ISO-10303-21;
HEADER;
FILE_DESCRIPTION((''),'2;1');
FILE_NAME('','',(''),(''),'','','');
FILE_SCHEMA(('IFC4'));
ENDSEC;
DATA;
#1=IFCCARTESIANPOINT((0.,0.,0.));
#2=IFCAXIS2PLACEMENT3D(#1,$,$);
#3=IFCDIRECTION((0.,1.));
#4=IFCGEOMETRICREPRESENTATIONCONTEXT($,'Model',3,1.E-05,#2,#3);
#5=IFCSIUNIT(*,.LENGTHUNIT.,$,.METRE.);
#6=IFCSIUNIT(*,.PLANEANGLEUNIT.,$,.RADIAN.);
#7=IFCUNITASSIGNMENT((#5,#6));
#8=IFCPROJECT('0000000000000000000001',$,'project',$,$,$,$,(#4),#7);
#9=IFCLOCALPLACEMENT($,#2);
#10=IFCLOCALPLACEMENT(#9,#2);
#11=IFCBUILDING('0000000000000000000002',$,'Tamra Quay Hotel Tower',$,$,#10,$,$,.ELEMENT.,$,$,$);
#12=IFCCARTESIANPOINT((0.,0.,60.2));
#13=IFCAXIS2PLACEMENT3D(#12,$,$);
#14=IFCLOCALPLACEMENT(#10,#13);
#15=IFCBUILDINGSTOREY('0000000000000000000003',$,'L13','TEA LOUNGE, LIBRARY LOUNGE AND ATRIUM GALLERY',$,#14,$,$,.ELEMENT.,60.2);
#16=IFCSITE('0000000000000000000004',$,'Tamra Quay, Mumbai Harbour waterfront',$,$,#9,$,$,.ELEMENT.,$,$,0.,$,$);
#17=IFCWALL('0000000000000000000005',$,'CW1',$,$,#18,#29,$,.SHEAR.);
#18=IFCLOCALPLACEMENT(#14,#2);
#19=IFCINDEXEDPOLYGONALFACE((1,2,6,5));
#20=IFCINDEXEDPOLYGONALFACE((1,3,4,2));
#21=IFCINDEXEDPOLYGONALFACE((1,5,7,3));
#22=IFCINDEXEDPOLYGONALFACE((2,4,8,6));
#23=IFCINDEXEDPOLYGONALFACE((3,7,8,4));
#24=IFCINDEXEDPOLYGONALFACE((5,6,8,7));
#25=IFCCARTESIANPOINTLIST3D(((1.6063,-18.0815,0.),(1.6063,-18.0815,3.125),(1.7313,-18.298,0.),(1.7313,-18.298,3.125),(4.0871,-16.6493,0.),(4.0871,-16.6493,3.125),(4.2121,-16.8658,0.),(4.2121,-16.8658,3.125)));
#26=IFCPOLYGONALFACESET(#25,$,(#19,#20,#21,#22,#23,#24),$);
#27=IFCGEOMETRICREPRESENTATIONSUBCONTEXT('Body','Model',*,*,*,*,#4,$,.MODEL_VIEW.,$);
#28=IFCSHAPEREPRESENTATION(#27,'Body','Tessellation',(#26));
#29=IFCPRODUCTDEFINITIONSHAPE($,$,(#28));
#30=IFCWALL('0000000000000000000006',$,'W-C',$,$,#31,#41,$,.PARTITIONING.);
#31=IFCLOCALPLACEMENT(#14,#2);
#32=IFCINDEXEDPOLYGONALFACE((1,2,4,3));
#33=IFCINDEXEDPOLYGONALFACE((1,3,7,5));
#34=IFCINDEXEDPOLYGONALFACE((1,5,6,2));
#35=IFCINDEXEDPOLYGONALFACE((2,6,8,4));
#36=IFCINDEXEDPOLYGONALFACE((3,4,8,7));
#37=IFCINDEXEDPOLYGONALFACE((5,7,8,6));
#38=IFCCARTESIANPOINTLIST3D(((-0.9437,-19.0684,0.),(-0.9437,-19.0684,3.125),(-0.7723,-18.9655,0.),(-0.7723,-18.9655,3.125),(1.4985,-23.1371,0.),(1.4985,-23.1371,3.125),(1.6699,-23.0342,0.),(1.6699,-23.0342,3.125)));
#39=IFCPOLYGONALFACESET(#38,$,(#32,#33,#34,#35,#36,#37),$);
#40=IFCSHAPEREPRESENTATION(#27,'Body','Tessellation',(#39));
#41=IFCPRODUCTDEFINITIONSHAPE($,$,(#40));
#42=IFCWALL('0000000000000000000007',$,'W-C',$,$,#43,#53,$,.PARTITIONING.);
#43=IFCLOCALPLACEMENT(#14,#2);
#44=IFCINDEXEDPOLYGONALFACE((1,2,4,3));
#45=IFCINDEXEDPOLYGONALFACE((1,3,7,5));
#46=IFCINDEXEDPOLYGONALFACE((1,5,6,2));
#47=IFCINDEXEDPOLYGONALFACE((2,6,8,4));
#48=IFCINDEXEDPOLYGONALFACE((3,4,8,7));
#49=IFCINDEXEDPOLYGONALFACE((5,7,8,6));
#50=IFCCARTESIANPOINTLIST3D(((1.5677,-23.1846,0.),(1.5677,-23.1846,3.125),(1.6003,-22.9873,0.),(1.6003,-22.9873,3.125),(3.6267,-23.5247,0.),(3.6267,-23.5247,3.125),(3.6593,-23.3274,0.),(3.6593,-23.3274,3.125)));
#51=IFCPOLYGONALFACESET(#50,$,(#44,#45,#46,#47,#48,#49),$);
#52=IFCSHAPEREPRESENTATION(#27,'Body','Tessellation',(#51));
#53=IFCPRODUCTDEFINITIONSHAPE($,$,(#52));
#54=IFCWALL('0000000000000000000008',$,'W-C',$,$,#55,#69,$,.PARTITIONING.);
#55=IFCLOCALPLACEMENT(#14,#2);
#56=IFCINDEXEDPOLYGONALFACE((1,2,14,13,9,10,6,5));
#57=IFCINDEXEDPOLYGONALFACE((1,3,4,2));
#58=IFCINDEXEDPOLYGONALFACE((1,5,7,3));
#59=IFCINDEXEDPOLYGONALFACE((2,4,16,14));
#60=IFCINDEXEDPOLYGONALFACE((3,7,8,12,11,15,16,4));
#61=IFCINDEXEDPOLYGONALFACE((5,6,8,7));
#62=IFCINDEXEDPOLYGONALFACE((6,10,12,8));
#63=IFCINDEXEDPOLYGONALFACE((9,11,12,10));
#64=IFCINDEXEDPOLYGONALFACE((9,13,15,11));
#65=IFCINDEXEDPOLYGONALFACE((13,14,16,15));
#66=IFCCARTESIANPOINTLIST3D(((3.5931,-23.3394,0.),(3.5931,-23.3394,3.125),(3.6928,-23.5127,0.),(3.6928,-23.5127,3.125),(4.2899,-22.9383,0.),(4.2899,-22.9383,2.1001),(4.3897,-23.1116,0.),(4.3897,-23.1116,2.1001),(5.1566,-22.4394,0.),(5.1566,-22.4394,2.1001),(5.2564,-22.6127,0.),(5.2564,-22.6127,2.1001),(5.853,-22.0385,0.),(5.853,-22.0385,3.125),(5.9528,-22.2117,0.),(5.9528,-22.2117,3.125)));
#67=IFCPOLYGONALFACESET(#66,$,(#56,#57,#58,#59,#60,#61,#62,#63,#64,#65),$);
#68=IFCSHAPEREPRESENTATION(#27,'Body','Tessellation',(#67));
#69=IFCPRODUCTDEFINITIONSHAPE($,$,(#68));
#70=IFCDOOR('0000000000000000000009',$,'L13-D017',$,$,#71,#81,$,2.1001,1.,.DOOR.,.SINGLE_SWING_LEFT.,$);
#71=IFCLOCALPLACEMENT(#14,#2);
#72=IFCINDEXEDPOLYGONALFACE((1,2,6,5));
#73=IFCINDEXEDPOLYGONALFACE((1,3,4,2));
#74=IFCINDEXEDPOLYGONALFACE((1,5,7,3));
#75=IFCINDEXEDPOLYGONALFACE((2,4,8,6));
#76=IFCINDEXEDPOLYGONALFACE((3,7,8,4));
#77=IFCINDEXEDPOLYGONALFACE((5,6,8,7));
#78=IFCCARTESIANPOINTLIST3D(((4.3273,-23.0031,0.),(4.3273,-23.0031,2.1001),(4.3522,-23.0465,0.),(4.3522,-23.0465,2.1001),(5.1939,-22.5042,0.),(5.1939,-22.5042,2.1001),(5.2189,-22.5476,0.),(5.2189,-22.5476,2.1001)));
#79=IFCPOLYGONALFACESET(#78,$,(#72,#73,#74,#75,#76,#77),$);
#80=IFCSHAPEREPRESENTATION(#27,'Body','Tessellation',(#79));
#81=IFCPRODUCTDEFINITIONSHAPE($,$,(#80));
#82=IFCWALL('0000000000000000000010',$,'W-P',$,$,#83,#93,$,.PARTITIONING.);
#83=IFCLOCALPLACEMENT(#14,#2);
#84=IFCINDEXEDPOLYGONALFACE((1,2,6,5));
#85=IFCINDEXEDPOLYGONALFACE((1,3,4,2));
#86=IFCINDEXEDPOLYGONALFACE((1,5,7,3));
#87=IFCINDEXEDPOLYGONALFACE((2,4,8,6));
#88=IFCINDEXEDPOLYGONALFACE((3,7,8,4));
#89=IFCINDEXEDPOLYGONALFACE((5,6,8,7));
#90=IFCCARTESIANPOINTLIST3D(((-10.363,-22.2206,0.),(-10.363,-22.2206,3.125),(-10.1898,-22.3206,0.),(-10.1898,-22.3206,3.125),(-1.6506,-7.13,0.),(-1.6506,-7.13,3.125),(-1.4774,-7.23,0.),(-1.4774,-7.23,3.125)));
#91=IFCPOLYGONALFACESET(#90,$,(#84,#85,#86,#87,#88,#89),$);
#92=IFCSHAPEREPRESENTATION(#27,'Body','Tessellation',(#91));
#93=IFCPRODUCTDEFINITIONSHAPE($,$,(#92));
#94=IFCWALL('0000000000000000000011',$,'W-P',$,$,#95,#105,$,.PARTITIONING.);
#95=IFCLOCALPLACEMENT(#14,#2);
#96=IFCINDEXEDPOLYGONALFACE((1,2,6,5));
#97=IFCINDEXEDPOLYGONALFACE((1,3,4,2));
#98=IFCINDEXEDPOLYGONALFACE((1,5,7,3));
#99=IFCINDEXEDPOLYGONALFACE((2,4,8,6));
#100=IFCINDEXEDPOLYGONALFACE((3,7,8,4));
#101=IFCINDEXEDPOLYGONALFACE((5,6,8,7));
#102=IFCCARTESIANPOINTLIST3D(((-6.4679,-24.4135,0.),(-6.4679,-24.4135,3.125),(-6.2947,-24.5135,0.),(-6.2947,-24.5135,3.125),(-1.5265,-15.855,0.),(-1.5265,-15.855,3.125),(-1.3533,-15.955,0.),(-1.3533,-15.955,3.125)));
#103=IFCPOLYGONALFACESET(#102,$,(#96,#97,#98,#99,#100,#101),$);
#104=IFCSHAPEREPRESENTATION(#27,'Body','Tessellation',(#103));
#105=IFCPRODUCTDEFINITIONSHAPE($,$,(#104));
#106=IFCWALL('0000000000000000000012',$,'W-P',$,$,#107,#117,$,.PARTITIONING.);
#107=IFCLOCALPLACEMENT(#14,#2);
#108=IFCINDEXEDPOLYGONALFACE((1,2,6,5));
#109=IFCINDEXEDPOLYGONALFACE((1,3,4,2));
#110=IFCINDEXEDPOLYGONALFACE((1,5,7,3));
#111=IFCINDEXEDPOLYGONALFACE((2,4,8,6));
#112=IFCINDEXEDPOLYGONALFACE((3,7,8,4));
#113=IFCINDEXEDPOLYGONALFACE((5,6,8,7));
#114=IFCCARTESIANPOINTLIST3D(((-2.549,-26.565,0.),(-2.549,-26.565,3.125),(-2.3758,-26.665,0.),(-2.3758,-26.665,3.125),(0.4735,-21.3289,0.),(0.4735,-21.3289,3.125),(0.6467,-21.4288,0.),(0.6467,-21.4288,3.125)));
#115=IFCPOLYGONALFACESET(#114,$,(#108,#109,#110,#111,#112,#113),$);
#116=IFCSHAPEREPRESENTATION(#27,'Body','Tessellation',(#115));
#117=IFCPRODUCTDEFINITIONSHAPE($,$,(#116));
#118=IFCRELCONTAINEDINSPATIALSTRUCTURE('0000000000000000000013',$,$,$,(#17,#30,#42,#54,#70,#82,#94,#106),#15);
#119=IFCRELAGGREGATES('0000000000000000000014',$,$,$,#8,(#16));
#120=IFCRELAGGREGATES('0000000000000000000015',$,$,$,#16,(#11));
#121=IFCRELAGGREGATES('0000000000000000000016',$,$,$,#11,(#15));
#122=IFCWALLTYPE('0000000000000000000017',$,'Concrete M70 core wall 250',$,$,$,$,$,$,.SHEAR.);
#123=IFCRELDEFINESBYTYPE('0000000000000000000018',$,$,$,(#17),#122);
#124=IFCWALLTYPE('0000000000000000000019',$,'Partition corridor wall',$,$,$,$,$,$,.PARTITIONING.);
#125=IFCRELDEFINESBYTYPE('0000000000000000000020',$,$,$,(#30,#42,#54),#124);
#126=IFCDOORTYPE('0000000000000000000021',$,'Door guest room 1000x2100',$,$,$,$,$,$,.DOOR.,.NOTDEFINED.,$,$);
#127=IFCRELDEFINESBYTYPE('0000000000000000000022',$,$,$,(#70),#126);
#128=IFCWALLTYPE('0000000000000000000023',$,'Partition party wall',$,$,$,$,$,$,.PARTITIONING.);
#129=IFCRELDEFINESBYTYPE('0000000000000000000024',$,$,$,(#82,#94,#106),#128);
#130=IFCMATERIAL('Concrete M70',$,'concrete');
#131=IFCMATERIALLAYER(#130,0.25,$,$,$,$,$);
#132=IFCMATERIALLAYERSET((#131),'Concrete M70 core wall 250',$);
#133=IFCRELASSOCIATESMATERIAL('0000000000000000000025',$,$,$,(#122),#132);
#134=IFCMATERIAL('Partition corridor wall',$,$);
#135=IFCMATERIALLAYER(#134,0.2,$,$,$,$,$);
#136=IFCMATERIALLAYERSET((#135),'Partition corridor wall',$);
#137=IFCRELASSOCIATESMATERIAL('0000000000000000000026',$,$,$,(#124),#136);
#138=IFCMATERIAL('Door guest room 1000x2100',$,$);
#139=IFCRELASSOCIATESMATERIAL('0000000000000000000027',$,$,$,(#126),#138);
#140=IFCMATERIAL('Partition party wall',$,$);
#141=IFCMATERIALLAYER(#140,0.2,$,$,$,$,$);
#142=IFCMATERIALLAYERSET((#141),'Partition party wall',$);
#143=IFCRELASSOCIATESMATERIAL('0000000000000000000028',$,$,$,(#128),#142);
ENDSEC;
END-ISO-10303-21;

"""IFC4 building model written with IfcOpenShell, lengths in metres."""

from ifc_helpers import new_model, si_unit, direction, frame, frame_2d, origin, place, context, subcontext, project, spatial, rectangle, extrude, material, layer, layer_set, type_object, element, fill, save


model = new_model("IFC4")

# Units and contexts
model_context = context("Model", 3, precision=1e-05, world=origin(), true_north=direction((0.0, 1.0)))
body_context = subcontext(model_context, "Body", "Model", "MODEL_VIEW")
ifc_project = project(units=[si_unit("LENGTHUNIT", "METRE"), si_unit("PLANEANGLEUNIT", "RADIAN")], contexts=[model_context])

# Site, building, storey
site_placement = place(None, origin())
site = spatial("IfcSite", under=ifc_project, at=site_placement, Name="Tamra Quay, Mumbai Harbour waterfront", CompositionType="ELEMENT", RefElevation=0.0)
building_placement = place(site_placement, origin())
building = spatial("IfcBuilding", under=site, at=building_placement, Name="Tamra Quay Hotel Tower", CompositionType="ELEMENT")
storey_placement = place(building_placement, frame((0.0, 0.0, 60.2)))
storey = spatial("IfcBuildingStorey", under=building, at=storey_placement, Name="L13", Description="TEA LOUNGE, LIBRARY LOUNGE AND ATRIUM GALLERY", CompositionType="ELEMENT", Elevation=60.2)

# Shared definitions
ifc_material_1 = material(Name="Concrete M70", Category="concrete")

# Walls
ifc_layer_1 = layer(ifc_material_1, 0.25)
ifc_layer_set_1 = layer_set([ifc_layer_1], Name="Concrete M70 core wall 250")
wall_type_1 = type_object("IfcWallType", Name="Concrete M70 core wall 250", PredefinedType="SHEAR", material=ifc_layer_set_1)
wall_1_placement = place(storey_placement, frame((1.6689, -18.1897, 0.0), z_axis=(0.0, 0.0, 1.0), x_axis=(0.866042, 0.499971, 0.0)))
element("IfcWall", 1, at=wall_1_placement, inside=storey, type_object=wall_type_1, Name="CW1", PredefinedType="SHEAR", context=body_context, shape_type="SweptSolid", body=[
    extrude(rectangle(XDim=2.8645, YDim=0.25, at=frame_2d((1.4321, 0.0))), origin(), (0.0, 0.0, 1.0), 3.125),
])
ifc_material_2 = material(Name="Partition corridor wall")
ifc_layer_2 = layer(ifc_material_2, 0.2)
ifc_layer_set_2 = layer_set([ifc_layer_2], Name="Partition corridor wall")
wall_type_2 = type_object("IfcWallType", Name="Partition corridor wall", PredefinedType="PARTITIONING", material=ifc_layer_set_2)
wall_2_placement = place(storey_placement, frame((-0.8579, -19.0171, 0.0), z_axis=(0.0, 0.0, 1.0), x_axis=(0.514647, -0.857402, 0.0)))
element("IfcWall", 2, at=wall_2_placement, inside=storey, type_object=wall_type_2, Name="W-C", PredefinedType="PARTITIONING", context=body_context, shape_type="SweptSolid", body=[
    extrude(rectangle(XDim=4.7454, YDim=0.2, at=frame_2d((2.3726, 0.0))), origin(), (0.0, 0.0, 1.0), 3.125),
])
wall_3_placement = place(storey_placement, frame((1.584, -23.0859, 0.0), z_axis=(0.0, 0.0, 1.0), x_axis=(0.986633, -0.162957, 0.0)))
element("IfcWall", 3, at=wall_3_placement, inside=storey, type_object=wall_type_2, Name="W-C", PredefinedType="PARTITIONING", context=body_context, shape_type="SweptSolid", body=[
    extrude(rectangle(XDim=2.0869, YDim=0.2, at=frame_2d((1.0435, 0.0))), origin(), (0.0, 0.0, 1.0), 3.125),
])

# Wall, opening, door
wall_4_placement = place(storey_placement, frame((3.6431, -23.426, 0.0), z_axis=(0.0, 0.0, 1.0), x_axis=(0.866654, 0.498909, 0.0)))
wall_4 = element("IfcWall", 4, at=wall_4_placement, inside=storey, type_object=wall_type_2, Name="W-C", PredefinedType="PARTITIONING", context=body_context, shape_type="SweptSolid", body=[
    extrude(rectangle(XDim=2.6077, YDim=0.2, at=frame_2d((1.3037, 0.0))), origin(), (0.0, 0.0, 1.0), 3.125),
])
opening_placement = place(wall_4_placement, frame((0.804, 0.0, 0.0)))
opening = element("IfcOpeningElement", 5, at=opening_placement, cuts=wall_4, PredefinedType="OPENING", context=body_context, shape_type="SweptSolid", body=[
    extrude(rectangle(XDim=1.0, YDim=2.1001, at=frame_2d((0.5, 1.05))), frame((0.0, 0.1099, 0.0), z_axis=(0.0, -1.0, 0.0), x_axis=(1.0, 0.0, 0.0)), (0.0, 0.0, 1.0), 0.22),
])
ifc_material_3 = material(Name="Door guest room 1000x2100")
door_type = type_object("IfcDoorType", Name="Door guest room 1000x2100", OperationType="NOTDEFINED", PredefinedType="DOOR", material=ifc_material_3)
door_placement = place(opening_placement, frame((1.0, 0.0, 0.0), z_axis=(0.0, 0.0, 1.0), x_axis=(-1.0, 0.0, 0.0)))
door = element("IfcDoor", 6, at=door_placement, inside=storey, type_object=door_type, Name="L13-D017", OperationType="SINGLE_SWING_LEFT", OverallHeight=2.1001, OverallWidth=1.0, PredefinedType="DOOR", context=body_context, shape_type="SweptSolid", body=[
    extrude(rectangle(XDim=1.0, YDim=2.1001, at=frame_2d((0.5, 1.05))), frame((0.0, 0.0249, 0.0), z_axis=(0.0, -1.0, 0.0), x_axis=(1.0, 0.0, 0.0)), (0.0, 0.0, 1.0), 0.05),
])
fill(opening, door)

# Walls
ifc_material_4 = material(Name="Partition party wall")
ifc_layer_3 = layer(ifc_material_4, 0.2)
ifc_layer_set_3 = layer_set([ifc_layer_3], Name="Partition party wall")
wall_type_3 = type_object("IfcWallType", Name="Partition party wall", PredefinedType="PARTITIONING", material=ifc_layer_set_3)
wall_5_placement = place(storey_placement, frame((-10.2764, -22.2705, 0.0), z_axis=(0.0, 0.0, 1.0), x_axis=(0.499994, 0.866029, 0.0)))
element("IfcWall", 7, at=wall_5_placement, inside=storey, type_object=wall_type_3, Name="W-P", PredefinedType="PARTITIONING", context=body_context, shape_type="SweptSolid", body=[
    extrude(rectangle(XDim=17.425, YDim=0.2, at=frame_2d((8.7124, 0.0))), origin(), (0.0, 0.0, 1.0), 3.125),
])
wall_6_placement = place(storey_placement, frame((-6.3813, -24.4636, 0.0), z_axis=(0.0, 0.0, 1.0), x_axis=(0.500008, 0.866021, 0.0)))
element("IfcWall", 8, at=wall_6_placement, inside=storey, type_object=wall_type_3, Name="W-P", PredefinedType="PARTITIONING", context=body_context, shape_type="SweptSolid", body=[
    extrude(rectangle(XDim=9.8826, YDim=0.2, at=frame_2d((4.9414, 0.0))), origin(), (0.0, 0.0, 1.0), 3.125),
])
wall_7_placement = place(storey_placement, frame((-2.4624, -26.615, 0.0), z_axis=(0.0, 0.0, 1.0), x_axis=(0.499926, 0.866068, 0.0)))
element("IfcWall", 9, at=wall_7_placement, inside=storey, type_object=wall_type_3, Name="W-P", PredefinedType="PARTITIONING", context=body_context, shape_type="SweptSolid", body=[
    extrude(rectangle(XDim=6.0459, YDim=0.2, at=frame_2d((3.0229, 0.0))), origin(), (0.0, 0.0, 1.0), 3.125),
])

save(model, "model.ifc")
